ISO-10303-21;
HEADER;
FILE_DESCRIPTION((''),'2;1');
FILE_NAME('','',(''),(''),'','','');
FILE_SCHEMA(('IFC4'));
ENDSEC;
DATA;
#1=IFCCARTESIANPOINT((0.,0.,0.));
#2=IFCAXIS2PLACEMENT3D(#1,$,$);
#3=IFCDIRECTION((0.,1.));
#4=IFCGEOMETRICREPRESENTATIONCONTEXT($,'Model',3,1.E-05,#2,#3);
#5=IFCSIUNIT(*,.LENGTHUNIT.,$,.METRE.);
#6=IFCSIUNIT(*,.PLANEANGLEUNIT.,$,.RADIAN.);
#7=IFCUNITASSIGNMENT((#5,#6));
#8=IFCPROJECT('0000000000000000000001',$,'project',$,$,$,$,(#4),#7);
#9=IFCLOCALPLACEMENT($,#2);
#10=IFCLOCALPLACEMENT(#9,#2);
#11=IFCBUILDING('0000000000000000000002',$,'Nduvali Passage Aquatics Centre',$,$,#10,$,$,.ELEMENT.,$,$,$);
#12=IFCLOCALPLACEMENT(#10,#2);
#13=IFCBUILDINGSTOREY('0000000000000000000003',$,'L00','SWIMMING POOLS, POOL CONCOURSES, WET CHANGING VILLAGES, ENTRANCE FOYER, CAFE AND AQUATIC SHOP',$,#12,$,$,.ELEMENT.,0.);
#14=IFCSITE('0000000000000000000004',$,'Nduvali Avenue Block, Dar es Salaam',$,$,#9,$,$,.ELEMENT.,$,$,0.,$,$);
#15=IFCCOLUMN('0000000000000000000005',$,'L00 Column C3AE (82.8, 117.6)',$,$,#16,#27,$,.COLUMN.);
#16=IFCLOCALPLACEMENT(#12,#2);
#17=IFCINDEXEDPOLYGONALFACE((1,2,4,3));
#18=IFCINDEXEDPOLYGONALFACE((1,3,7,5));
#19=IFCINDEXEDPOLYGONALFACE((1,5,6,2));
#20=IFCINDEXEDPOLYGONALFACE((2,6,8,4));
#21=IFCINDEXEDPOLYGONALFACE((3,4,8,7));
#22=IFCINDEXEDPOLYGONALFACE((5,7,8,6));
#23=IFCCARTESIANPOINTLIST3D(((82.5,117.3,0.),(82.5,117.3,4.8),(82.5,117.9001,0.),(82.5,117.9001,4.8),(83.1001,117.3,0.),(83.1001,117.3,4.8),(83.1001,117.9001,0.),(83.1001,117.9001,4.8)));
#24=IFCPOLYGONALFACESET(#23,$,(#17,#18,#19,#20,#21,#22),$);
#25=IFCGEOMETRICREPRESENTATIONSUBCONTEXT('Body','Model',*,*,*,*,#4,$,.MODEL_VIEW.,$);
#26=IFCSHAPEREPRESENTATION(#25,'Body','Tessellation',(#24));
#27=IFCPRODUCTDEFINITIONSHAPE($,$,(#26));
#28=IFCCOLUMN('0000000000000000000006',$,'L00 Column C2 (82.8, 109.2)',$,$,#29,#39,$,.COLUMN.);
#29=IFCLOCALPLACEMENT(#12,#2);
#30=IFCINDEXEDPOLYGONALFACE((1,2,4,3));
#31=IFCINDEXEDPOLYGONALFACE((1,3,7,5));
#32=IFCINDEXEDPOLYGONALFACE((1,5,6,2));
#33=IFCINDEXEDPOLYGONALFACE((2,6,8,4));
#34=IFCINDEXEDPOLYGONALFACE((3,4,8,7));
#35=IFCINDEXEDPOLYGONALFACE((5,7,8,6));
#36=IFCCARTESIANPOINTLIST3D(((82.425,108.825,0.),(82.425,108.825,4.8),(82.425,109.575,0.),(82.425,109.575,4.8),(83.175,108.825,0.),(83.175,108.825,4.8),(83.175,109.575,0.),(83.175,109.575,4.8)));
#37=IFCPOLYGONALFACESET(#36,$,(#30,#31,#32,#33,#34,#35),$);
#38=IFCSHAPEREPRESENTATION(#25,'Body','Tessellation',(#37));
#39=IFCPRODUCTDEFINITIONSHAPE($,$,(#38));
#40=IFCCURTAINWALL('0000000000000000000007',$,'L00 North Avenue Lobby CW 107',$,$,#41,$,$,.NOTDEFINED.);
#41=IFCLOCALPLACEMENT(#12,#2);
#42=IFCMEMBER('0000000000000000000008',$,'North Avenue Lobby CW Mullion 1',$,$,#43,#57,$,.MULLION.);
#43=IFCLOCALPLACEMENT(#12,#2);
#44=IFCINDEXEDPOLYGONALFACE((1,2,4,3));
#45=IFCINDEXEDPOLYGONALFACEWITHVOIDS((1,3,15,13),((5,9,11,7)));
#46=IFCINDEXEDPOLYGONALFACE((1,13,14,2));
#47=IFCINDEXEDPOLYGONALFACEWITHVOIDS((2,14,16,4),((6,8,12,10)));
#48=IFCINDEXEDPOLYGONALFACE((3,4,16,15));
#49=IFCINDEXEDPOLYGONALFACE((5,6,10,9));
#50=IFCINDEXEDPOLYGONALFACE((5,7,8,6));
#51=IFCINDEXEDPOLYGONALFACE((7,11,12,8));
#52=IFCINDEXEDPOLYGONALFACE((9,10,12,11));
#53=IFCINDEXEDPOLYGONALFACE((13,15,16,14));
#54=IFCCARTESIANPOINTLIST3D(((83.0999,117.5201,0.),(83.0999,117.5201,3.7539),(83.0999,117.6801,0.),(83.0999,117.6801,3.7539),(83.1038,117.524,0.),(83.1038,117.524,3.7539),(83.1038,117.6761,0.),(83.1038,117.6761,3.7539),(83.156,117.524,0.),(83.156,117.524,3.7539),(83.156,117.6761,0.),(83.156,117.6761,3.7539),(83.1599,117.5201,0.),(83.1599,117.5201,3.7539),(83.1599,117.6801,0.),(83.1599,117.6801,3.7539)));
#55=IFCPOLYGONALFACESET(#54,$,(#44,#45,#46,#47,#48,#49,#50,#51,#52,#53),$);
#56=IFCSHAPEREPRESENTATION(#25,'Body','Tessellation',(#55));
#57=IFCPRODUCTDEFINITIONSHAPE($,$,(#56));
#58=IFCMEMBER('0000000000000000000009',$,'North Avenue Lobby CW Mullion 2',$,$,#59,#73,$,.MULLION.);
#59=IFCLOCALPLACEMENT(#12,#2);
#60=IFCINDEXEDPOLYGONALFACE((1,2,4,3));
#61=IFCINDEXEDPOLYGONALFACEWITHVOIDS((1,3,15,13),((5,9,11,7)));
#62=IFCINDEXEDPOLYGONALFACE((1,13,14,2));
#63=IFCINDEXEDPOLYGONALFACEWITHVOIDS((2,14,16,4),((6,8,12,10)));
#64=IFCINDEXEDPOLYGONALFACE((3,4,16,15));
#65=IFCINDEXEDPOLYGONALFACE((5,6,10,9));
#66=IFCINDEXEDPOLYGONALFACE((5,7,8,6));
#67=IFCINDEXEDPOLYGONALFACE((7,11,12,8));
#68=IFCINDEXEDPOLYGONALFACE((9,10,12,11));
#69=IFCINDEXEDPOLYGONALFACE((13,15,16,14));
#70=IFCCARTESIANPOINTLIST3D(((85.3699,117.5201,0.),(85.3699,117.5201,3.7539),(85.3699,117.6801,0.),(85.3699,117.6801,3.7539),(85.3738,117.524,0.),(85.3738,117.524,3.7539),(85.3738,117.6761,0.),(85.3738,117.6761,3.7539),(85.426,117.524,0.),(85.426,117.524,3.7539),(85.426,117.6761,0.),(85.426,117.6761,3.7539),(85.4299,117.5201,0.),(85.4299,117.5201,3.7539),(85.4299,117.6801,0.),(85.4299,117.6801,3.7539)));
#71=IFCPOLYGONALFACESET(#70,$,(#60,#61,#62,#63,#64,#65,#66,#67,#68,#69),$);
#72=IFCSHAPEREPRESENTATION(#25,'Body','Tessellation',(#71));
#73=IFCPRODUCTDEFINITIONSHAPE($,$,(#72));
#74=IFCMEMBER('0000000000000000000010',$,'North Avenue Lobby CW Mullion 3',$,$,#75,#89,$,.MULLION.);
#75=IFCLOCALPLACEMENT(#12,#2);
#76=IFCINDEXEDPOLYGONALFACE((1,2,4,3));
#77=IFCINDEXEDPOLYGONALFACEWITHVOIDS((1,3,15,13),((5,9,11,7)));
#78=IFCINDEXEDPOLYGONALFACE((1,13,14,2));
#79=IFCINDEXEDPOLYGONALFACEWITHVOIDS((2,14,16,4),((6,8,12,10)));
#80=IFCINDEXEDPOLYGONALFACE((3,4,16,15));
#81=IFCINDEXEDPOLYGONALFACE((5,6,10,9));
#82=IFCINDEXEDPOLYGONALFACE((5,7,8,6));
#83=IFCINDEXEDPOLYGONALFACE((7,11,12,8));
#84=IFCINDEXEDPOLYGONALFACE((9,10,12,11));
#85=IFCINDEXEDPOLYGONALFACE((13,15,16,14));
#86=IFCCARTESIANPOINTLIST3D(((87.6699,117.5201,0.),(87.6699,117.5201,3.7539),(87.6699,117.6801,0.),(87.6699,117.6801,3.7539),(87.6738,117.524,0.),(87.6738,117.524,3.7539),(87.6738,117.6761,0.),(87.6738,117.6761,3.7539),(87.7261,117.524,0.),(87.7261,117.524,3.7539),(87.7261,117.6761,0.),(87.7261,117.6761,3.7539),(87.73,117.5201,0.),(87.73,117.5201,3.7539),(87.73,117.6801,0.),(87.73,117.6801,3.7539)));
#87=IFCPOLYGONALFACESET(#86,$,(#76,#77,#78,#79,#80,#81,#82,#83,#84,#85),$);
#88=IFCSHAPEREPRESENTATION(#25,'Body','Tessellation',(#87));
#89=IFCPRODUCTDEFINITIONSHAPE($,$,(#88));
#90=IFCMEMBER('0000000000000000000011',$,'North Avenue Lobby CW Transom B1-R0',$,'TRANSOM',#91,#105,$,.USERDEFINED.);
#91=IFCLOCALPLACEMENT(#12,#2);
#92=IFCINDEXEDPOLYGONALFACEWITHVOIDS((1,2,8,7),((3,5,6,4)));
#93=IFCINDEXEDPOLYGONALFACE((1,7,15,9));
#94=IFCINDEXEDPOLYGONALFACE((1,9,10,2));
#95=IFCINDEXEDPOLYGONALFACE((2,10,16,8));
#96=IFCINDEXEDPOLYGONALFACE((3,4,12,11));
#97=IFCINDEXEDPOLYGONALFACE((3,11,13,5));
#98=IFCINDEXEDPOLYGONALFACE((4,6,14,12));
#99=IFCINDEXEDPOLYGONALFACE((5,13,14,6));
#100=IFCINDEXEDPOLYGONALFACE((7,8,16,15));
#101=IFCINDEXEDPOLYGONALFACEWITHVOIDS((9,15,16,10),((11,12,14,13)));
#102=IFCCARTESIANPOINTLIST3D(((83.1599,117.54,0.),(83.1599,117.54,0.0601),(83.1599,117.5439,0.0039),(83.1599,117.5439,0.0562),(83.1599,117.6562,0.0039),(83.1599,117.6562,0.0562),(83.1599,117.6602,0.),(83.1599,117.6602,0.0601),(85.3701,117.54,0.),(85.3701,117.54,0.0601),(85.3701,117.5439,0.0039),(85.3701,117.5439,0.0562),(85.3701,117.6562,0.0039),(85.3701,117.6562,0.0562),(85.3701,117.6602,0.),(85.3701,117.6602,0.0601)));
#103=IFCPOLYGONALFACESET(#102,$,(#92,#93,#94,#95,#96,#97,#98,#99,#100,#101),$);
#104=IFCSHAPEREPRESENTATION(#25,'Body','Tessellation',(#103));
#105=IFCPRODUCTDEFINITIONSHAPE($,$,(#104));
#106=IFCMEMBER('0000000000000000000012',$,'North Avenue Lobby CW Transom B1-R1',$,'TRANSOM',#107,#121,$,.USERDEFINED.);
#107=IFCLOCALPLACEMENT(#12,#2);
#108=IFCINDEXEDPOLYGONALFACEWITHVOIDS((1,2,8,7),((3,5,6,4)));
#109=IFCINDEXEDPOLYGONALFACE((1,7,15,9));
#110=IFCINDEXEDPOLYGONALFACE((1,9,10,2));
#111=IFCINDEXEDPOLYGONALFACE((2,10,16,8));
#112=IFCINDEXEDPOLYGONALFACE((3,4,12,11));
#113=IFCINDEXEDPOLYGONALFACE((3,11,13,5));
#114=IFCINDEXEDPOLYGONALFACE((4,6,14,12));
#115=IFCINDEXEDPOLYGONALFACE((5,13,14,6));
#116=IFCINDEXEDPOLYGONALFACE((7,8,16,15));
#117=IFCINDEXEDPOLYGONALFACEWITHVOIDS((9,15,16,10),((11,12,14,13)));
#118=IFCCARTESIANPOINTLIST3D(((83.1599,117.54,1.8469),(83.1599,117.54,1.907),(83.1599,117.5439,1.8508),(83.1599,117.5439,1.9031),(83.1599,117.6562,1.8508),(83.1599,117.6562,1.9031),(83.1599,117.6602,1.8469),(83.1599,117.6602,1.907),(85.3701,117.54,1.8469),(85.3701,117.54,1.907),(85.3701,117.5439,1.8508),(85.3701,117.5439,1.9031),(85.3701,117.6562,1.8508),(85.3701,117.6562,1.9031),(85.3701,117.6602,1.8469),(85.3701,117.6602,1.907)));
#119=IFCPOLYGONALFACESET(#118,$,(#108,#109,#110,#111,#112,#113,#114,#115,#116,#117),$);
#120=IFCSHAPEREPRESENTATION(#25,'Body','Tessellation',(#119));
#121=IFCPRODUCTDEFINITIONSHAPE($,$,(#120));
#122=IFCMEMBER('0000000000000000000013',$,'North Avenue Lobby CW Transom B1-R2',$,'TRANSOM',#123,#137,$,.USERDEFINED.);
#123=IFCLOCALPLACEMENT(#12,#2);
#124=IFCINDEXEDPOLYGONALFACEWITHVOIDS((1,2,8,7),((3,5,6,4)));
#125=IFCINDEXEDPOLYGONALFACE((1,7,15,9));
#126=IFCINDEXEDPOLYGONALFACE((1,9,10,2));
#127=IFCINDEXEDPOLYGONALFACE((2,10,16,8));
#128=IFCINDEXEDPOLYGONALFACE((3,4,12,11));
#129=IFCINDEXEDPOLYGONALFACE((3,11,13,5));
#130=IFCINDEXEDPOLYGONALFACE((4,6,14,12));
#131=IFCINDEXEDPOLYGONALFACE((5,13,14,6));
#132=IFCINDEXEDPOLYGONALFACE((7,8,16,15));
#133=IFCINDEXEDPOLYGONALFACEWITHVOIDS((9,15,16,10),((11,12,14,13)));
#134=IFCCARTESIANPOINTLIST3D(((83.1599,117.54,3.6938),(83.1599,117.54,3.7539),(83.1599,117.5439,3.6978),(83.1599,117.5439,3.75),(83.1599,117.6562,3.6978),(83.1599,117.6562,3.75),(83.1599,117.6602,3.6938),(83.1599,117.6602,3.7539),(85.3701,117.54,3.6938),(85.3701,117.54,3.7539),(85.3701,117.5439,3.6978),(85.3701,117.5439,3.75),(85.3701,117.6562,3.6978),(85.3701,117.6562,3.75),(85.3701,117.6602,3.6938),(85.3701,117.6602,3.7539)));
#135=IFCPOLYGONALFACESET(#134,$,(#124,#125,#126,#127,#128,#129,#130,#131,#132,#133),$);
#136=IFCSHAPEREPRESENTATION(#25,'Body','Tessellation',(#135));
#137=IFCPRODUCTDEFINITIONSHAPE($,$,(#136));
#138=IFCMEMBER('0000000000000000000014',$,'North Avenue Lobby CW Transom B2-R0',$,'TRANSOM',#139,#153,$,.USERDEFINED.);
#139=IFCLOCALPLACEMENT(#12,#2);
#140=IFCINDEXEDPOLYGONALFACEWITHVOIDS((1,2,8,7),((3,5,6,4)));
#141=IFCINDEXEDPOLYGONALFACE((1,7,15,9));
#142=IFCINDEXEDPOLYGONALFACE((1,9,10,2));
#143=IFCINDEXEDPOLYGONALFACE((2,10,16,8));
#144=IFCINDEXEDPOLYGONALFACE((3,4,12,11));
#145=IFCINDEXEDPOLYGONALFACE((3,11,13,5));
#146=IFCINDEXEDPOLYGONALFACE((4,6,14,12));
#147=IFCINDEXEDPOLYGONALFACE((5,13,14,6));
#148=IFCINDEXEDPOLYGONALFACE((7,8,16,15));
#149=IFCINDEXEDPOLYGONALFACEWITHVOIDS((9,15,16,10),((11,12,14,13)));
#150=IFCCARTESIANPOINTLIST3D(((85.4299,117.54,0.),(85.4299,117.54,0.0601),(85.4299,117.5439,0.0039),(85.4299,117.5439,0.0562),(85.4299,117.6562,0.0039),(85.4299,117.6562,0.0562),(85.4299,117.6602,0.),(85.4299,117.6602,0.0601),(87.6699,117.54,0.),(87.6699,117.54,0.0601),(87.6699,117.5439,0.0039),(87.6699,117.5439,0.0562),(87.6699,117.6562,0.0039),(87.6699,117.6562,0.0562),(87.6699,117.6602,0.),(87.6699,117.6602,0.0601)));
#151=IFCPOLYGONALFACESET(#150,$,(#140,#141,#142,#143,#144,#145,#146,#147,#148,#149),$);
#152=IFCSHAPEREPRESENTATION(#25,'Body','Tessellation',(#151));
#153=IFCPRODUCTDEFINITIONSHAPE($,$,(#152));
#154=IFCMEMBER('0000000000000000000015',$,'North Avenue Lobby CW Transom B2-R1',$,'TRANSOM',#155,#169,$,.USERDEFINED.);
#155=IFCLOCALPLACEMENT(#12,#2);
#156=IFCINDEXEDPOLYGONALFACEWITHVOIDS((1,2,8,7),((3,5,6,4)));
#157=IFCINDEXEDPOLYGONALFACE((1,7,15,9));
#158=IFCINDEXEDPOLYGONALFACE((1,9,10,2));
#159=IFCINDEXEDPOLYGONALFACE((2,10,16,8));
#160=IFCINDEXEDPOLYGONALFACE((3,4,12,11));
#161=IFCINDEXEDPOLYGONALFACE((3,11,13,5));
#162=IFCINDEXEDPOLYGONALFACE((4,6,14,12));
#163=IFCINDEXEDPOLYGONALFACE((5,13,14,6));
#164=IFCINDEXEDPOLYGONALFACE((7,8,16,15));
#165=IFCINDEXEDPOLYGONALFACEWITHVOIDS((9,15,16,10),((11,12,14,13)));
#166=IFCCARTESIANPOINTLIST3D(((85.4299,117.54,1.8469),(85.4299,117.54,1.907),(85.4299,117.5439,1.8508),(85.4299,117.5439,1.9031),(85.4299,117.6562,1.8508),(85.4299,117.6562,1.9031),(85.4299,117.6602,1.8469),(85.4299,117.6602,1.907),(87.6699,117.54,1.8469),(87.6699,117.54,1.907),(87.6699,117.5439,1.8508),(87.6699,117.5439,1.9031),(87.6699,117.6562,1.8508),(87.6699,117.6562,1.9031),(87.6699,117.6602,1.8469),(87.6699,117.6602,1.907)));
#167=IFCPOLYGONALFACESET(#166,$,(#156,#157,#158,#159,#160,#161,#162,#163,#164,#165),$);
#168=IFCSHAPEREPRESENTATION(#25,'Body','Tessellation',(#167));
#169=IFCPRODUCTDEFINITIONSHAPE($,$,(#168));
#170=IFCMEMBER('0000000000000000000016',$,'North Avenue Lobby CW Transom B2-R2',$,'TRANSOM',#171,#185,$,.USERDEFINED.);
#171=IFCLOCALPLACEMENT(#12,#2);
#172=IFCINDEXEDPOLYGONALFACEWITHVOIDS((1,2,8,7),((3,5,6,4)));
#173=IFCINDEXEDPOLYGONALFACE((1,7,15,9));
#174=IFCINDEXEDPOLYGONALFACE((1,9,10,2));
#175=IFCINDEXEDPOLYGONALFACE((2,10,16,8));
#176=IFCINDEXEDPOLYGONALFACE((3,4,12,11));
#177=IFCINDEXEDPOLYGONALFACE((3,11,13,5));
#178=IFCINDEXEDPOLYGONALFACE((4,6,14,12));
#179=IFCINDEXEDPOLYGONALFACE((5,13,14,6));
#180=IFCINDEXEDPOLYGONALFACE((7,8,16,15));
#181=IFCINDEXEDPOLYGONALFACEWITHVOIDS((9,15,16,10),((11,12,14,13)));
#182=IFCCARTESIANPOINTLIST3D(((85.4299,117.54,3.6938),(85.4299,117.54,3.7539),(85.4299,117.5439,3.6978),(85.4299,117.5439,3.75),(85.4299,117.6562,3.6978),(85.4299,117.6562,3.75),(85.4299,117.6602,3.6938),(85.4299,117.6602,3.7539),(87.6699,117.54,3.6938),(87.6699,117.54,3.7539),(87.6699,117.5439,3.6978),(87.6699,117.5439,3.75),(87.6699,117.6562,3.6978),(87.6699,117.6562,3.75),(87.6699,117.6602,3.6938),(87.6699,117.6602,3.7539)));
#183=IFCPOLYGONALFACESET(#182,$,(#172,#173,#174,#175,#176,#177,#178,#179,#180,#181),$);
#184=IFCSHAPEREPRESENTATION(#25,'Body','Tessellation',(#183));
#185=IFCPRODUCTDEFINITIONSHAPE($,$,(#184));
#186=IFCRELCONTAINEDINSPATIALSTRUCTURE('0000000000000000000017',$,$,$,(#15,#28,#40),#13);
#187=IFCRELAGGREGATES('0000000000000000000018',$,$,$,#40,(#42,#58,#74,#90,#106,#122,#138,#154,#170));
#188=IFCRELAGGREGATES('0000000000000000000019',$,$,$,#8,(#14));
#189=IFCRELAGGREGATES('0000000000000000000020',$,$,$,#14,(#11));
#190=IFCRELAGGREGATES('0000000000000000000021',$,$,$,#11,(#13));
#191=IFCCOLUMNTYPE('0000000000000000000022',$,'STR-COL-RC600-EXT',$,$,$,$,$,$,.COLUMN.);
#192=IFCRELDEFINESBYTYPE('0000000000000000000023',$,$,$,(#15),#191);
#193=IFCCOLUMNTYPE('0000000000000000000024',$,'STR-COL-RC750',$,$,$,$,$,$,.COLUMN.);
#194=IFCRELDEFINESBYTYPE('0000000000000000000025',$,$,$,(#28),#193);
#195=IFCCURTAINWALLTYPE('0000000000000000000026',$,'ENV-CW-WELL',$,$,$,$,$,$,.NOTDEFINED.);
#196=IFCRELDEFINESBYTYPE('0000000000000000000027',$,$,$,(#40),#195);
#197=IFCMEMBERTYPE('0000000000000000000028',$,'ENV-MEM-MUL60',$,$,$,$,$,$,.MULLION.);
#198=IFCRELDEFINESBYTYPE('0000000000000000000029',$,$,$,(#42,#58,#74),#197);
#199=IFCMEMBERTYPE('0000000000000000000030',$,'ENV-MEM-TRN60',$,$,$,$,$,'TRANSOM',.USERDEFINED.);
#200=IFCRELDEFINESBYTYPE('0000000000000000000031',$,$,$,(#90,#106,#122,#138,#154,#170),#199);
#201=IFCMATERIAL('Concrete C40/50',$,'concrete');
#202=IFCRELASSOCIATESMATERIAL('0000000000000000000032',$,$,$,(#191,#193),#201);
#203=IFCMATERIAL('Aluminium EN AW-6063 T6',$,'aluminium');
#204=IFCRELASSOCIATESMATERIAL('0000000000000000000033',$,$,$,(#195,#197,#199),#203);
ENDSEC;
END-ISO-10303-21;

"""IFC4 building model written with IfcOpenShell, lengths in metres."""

from ifc_helpers import new_model, si_unit, direction, frame, origin, origin_2d, place, context, subcontext, project, spatial, rectangle, hollow_rectangle, extrude, material, material_profile, profile_set, type_object, element, aggregate, save


model = new_model("IFC4")

# Units and contexts
model_context = context("Model", 3, precision=1e-05, world=origin(), true_north=direction((0.0, 1.0)))
body_context = subcontext(model_context, "Body", "Model", "MODEL_VIEW")
ifc_project = project(units=[si_unit("LENGTHUNIT", "METRE"), si_unit("PLANEANGLEUNIT", "RADIAN")], contexts=[model_context])

# Site, building, storey
site_placement = place(None, origin())
site = spatial("IfcSite", under=ifc_project, at=site_placement, Name="Nduvali Avenue Block, Dar es Salaam", CompositionType="ELEMENT", RefElevation=0.0)
building_placement = place(site_placement, origin())
building = spatial("IfcBuilding", under=site, at=building_placement, Name="Nduvali Passage Aquatics Centre", CompositionType="ELEMENT")
storey_placement = place(building_placement, origin())
storey = spatial("IfcBuildingStorey", under=building, at=storey_placement, Name="L00", Description="SWIMMING POOLS, POOL CONCOURSES, WET CHANGING VILLAGES, ENTRANCE FOYER, CAFE AND AQUATIC SHOP", CompositionType="ELEMENT", Elevation=0.0)

# Columns
ifc_material_1 = material(Name="Concrete C40/50", Category="concrete")
ifc_material_profile_1 = material_profile(ifc_material_1, rectangle(XDim=0.6001, YDim=0.6001, at=origin_2d()), Name="RC 600x600")
ifc_profile_set_1 = profile_set([ifc_material_profile_1], Name="Concrete C40/50")
column_type_1 = type_object("IfcColumnType", Name="STR-COL-RC600-EXT", PredefinedType="COLUMN", material=ifc_profile_set_1)
column_1_placement = place(storey_placement, frame((82.8, 117.6001, 0.0), z_axis=(0.0, 0.0, 1.0), x_axis=(1.0, 0.0, 0.0)))
element("IfcColumn", 1, at=column_1_placement, inside=storey, type_object=column_type_1, Name="L00 Column C3AE (82.8, 117.6)", PredefinedType="COLUMN", context=body_context, shape_type="SweptSolid", body=[
    extrude(rectangle(XDim=0.6001, YDim=0.6001, at=origin_2d()), origin(), (0.0, 0.0, 1.0), 4.8),
])
ifc_material_profile_2 = material_profile(ifc_material_1, rectangle(XDim=0.75, YDim=0.75, at=origin_2d()), Name="RC 750x750")
ifc_profile_set_2 = profile_set([ifc_material_profile_2], Name="Concrete C40/50")
column_type_2 = type_object("IfcColumnType", Name="STR-COL-RC750", PredefinedType="COLUMN", material=ifc_profile_set_2)
column_2_placement = place(storey_placement, frame((82.8, 109.2, 0.0), z_axis=(0.0, 0.0, 1.0), x_axis=(1.0, 0.0, 0.0)))
element("IfcColumn", 2, at=column_2_placement, inside=storey, type_object=column_type_2, Name="L00 Column C2 (82.8, 109.2)", PredefinedType="COLUMN", context=body_context, shape_type="SweptSolid", body=[
    extrude(rectangle(XDim=0.75, YDim=0.75, at=origin_2d()), origin(), (0.0, 0.0, 1.0), 4.8),
])

# Curtain wall, members
ifc_material_2 = material(Name="Aluminium EN AW-6063 T6", Category="aluminium")
curtain_wall_type = type_object("IfcCurtainWallType", Name="ENV-CW-WELL", PredefinedType="NOTDEFINED", material=ifc_material_2)
curtain_wall_placement = place(storey_placement, origin())
curtain_wall = element("IfcCurtainWall", 3, at=curtain_wall_placement, inside=storey, type_object=curtain_wall_type, Name="L00 North Avenue Lobby CW 107", PredefinedType="NOTDEFINED")
ifc_material_profile_3 = material_profile(ifc_material_2, hollow_rectangle(XDim=0.0601, YDim=0.1599, WallThickness=0.0039, at=origin_2d()), Name="ALU MULLION 60x160x4")
ifc_profile_set_3 = profile_set([ifc_material_profile_3], Name="Aluminium EN AW-6063 T6")
member_type_1 = type_object("IfcMemberType", Name="ENV-MEM-MUL60", PredefinedType="MULLION", material=ifc_profile_set_3)
member_1_placement = place(storey_placement, frame((83.1299, 117.6001, 0.0), z_axis=(0.0, 0.0, 1.0), x_axis=(1.0, 0.0, 0.0)))
member_1 = element("IfcMember", 4, at=member_1_placement, type_object=member_type_1, Name="North Avenue Lobby CW Mullion 1", PredefinedType="MULLION", context=body_context, shape_type="SweptSolid", body=[
    extrude(hollow_rectangle(XDim=0.0601, YDim=0.1599, WallThickness=0.0039, at=origin_2d()), origin(), (0.0, 0.0, 1.0), 3.7539),
])
member_2_placement = place(storey_placement, frame((85.3999, 117.6001, 0.0), z_axis=(0.0, 0.0, 1.0), x_axis=(1.0, 0.0, 0.0)))
member_2 = element("IfcMember", 5, at=member_2_placement, type_object=member_type_1, Name="North Avenue Lobby CW Mullion 2", PredefinedType="MULLION", context=body_context, shape_type="SweptSolid", body=[
    extrude(hollow_rectangle(XDim=0.0601, YDim=0.1599, WallThickness=0.0039, at=origin_2d()), origin(), (0.0, 0.0, 1.0), 3.7539),
])
member_3_placement = place(storey_placement, frame((87.7, 117.6001, 0.0), z_axis=(0.0, 0.0, 1.0), x_axis=(1.0, 0.0, 0.0)))
member_3 = element("IfcMember", 6, at=member_3_placement, type_object=member_type_1, Name="North Avenue Lobby CW Mullion 3", PredefinedType="MULLION", context=body_context, shape_type="SweptSolid", body=[
    extrude(hollow_rectangle(XDim=0.0601, YDim=0.1599, WallThickness=0.0039, at=origin_2d()), origin(), (0.0, 0.0, 1.0), 3.7539),
])
ifc_material_profile_4 = material_profile(ifc_material_2, hollow_rectangle(XDim=0.1201, YDim=0.0601, WallThickness=0.0039, at=origin_2d()), Name="ALU TRANSOM 120x60x4")
ifc_profile_set_4 = profile_set([ifc_material_profile_4], Name="Aluminium EN AW-6063 T6")
member_type_2 = type_object("IfcMemberType", Name="ENV-MEM-TRN60", ElementType="TRANSOM", PredefinedType="USERDEFINED", material=ifc_profile_set_4)
member_4_placement = place(storey_placement, frame((83.1599, 117.6001, 0.03), z_axis=(1.0, 0.0, 0.0), x_axis=(0.0, 1.0, 0.0)))
member_4 = element("IfcMember", 7, at=member_4_placement, type_object=member_type_2, Name="North Avenue Lobby CW Transom B1-R0", ObjectType="TRANSOM", PredefinedType="USERDEFINED", context=body_context, shape_type="SweptSolid", body=[
    extrude(hollow_rectangle(XDim=0.1201, YDim=0.0601, WallThickness=0.0039, at=origin_2d()), origin(), (0.0, 0.0, 1.0), 2.2102),
])
member_5_placement = place(storey_placement, frame((83.1599, 117.6001, 1.877), z_axis=(1.0, 0.0, 0.0), x_axis=(0.0, 1.0, 0.0)))
member_5 = element("IfcMember", 8, at=member_5_placement, type_object=member_type_2, Name="North Avenue Lobby CW Transom B1-R1", ObjectType="TRANSOM", PredefinedType="USERDEFINED", context=body_context, shape_type="SweptSolid", body=[
    extrude(hollow_rectangle(XDim=0.1201, YDim=0.0601, WallThickness=0.0039, at=origin_2d()), origin(), (0.0, 0.0, 1.0), 2.2102),
])
member_6_placement = place(storey_placement, frame((83.1599, 117.6001, 3.7239), z_axis=(1.0, 0.0, 0.0), x_axis=(0.0, 1.0, 0.0)))
member_6 = element("IfcMember", 9, at=member_6_placement, type_object=member_type_2, Name="North Avenue Lobby CW Transom B1-R2", ObjectType="TRANSOM", PredefinedType="USERDEFINED", context=body_context, shape_type="SweptSolid", body=[
    extrude(hollow_rectangle(XDim=0.1201, YDim=0.0601, WallThickness=0.0039, at=origin_2d()), origin(), (0.0, 0.0, 1.0), 2.2102),
])
member_7_placement = place(storey_placement, frame((85.4299, 117.6001, 0.03), z_axis=(1.0, 0.0, 0.0), x_axis=(0.0, 1.0, 0.0)))
member_7 = element("IfcMember", 10, at=member_7_placement, type_object=member_type_2, Name="North Avenue Lobby CW Transom B2-R0", ObjectType="TRANSOM", PredefinedType="USERDEFINED", context=body_context, shape_type="SweptSolid", body=[
    extrude(hollow_rectangle(XDim=0.1201, YDim=0.0601, WallThickness=0.0039, at=origin_2d()), origin(), (0.0, 0.0, 1.0), 2.24),
])
member_8_placement = place(storey_placement, frame((85.4299, 117.6001, 1.877), z_axis=(1.0, 0.0, 0.0), x_axis=(0.0, 1.0, 0.0)))
member_8 = element("IfcMember", 11, at=member_8_placement, type_object=member_type_2, Name="North Avenue Lobby CW Transom B2-R1", ObjectType="TRANSOM", PredefinedType="USERDEFINED", context=body_context, shape_type="SweptSolid", body=[
    extrude(hollow_rectangle(XDim=0.1201, YDim=0.0601, WallThickness=0.0039, at=origin_2d()), origin(), (0.0, 0.0, 1.0), 2.24),
])
member_9_placement = place(storey_placement, frame((85.4299, 117.6001, 3.7239), z_axis=(1.0, 0.0, 0.0), x_axis=(0.0, 1.0, 0.0)))
member_9 = element("IfcMember", 12, at=member_9_placement, type_object=member_type_2, Name="North Avenue Lobby CW Transom B2-R2", ObjectType="TRANSOM", PredefinedType="USERDEFINED", context=body_context, shape_type="SweptSolid", body=[
    extrude(hollow_rectangle(XDim=0.1201, YDim=0.0601, WallThickness=0.0039, at=origin_2d()), origin(), (0.0, 0.0, 1.0), 2.24),
])

aggregate(curtain_wall, [member_1, member_2, member_3, member_4, member_5, member_6, member_7, member_8, member_9])

save(model, "model.ifc")
